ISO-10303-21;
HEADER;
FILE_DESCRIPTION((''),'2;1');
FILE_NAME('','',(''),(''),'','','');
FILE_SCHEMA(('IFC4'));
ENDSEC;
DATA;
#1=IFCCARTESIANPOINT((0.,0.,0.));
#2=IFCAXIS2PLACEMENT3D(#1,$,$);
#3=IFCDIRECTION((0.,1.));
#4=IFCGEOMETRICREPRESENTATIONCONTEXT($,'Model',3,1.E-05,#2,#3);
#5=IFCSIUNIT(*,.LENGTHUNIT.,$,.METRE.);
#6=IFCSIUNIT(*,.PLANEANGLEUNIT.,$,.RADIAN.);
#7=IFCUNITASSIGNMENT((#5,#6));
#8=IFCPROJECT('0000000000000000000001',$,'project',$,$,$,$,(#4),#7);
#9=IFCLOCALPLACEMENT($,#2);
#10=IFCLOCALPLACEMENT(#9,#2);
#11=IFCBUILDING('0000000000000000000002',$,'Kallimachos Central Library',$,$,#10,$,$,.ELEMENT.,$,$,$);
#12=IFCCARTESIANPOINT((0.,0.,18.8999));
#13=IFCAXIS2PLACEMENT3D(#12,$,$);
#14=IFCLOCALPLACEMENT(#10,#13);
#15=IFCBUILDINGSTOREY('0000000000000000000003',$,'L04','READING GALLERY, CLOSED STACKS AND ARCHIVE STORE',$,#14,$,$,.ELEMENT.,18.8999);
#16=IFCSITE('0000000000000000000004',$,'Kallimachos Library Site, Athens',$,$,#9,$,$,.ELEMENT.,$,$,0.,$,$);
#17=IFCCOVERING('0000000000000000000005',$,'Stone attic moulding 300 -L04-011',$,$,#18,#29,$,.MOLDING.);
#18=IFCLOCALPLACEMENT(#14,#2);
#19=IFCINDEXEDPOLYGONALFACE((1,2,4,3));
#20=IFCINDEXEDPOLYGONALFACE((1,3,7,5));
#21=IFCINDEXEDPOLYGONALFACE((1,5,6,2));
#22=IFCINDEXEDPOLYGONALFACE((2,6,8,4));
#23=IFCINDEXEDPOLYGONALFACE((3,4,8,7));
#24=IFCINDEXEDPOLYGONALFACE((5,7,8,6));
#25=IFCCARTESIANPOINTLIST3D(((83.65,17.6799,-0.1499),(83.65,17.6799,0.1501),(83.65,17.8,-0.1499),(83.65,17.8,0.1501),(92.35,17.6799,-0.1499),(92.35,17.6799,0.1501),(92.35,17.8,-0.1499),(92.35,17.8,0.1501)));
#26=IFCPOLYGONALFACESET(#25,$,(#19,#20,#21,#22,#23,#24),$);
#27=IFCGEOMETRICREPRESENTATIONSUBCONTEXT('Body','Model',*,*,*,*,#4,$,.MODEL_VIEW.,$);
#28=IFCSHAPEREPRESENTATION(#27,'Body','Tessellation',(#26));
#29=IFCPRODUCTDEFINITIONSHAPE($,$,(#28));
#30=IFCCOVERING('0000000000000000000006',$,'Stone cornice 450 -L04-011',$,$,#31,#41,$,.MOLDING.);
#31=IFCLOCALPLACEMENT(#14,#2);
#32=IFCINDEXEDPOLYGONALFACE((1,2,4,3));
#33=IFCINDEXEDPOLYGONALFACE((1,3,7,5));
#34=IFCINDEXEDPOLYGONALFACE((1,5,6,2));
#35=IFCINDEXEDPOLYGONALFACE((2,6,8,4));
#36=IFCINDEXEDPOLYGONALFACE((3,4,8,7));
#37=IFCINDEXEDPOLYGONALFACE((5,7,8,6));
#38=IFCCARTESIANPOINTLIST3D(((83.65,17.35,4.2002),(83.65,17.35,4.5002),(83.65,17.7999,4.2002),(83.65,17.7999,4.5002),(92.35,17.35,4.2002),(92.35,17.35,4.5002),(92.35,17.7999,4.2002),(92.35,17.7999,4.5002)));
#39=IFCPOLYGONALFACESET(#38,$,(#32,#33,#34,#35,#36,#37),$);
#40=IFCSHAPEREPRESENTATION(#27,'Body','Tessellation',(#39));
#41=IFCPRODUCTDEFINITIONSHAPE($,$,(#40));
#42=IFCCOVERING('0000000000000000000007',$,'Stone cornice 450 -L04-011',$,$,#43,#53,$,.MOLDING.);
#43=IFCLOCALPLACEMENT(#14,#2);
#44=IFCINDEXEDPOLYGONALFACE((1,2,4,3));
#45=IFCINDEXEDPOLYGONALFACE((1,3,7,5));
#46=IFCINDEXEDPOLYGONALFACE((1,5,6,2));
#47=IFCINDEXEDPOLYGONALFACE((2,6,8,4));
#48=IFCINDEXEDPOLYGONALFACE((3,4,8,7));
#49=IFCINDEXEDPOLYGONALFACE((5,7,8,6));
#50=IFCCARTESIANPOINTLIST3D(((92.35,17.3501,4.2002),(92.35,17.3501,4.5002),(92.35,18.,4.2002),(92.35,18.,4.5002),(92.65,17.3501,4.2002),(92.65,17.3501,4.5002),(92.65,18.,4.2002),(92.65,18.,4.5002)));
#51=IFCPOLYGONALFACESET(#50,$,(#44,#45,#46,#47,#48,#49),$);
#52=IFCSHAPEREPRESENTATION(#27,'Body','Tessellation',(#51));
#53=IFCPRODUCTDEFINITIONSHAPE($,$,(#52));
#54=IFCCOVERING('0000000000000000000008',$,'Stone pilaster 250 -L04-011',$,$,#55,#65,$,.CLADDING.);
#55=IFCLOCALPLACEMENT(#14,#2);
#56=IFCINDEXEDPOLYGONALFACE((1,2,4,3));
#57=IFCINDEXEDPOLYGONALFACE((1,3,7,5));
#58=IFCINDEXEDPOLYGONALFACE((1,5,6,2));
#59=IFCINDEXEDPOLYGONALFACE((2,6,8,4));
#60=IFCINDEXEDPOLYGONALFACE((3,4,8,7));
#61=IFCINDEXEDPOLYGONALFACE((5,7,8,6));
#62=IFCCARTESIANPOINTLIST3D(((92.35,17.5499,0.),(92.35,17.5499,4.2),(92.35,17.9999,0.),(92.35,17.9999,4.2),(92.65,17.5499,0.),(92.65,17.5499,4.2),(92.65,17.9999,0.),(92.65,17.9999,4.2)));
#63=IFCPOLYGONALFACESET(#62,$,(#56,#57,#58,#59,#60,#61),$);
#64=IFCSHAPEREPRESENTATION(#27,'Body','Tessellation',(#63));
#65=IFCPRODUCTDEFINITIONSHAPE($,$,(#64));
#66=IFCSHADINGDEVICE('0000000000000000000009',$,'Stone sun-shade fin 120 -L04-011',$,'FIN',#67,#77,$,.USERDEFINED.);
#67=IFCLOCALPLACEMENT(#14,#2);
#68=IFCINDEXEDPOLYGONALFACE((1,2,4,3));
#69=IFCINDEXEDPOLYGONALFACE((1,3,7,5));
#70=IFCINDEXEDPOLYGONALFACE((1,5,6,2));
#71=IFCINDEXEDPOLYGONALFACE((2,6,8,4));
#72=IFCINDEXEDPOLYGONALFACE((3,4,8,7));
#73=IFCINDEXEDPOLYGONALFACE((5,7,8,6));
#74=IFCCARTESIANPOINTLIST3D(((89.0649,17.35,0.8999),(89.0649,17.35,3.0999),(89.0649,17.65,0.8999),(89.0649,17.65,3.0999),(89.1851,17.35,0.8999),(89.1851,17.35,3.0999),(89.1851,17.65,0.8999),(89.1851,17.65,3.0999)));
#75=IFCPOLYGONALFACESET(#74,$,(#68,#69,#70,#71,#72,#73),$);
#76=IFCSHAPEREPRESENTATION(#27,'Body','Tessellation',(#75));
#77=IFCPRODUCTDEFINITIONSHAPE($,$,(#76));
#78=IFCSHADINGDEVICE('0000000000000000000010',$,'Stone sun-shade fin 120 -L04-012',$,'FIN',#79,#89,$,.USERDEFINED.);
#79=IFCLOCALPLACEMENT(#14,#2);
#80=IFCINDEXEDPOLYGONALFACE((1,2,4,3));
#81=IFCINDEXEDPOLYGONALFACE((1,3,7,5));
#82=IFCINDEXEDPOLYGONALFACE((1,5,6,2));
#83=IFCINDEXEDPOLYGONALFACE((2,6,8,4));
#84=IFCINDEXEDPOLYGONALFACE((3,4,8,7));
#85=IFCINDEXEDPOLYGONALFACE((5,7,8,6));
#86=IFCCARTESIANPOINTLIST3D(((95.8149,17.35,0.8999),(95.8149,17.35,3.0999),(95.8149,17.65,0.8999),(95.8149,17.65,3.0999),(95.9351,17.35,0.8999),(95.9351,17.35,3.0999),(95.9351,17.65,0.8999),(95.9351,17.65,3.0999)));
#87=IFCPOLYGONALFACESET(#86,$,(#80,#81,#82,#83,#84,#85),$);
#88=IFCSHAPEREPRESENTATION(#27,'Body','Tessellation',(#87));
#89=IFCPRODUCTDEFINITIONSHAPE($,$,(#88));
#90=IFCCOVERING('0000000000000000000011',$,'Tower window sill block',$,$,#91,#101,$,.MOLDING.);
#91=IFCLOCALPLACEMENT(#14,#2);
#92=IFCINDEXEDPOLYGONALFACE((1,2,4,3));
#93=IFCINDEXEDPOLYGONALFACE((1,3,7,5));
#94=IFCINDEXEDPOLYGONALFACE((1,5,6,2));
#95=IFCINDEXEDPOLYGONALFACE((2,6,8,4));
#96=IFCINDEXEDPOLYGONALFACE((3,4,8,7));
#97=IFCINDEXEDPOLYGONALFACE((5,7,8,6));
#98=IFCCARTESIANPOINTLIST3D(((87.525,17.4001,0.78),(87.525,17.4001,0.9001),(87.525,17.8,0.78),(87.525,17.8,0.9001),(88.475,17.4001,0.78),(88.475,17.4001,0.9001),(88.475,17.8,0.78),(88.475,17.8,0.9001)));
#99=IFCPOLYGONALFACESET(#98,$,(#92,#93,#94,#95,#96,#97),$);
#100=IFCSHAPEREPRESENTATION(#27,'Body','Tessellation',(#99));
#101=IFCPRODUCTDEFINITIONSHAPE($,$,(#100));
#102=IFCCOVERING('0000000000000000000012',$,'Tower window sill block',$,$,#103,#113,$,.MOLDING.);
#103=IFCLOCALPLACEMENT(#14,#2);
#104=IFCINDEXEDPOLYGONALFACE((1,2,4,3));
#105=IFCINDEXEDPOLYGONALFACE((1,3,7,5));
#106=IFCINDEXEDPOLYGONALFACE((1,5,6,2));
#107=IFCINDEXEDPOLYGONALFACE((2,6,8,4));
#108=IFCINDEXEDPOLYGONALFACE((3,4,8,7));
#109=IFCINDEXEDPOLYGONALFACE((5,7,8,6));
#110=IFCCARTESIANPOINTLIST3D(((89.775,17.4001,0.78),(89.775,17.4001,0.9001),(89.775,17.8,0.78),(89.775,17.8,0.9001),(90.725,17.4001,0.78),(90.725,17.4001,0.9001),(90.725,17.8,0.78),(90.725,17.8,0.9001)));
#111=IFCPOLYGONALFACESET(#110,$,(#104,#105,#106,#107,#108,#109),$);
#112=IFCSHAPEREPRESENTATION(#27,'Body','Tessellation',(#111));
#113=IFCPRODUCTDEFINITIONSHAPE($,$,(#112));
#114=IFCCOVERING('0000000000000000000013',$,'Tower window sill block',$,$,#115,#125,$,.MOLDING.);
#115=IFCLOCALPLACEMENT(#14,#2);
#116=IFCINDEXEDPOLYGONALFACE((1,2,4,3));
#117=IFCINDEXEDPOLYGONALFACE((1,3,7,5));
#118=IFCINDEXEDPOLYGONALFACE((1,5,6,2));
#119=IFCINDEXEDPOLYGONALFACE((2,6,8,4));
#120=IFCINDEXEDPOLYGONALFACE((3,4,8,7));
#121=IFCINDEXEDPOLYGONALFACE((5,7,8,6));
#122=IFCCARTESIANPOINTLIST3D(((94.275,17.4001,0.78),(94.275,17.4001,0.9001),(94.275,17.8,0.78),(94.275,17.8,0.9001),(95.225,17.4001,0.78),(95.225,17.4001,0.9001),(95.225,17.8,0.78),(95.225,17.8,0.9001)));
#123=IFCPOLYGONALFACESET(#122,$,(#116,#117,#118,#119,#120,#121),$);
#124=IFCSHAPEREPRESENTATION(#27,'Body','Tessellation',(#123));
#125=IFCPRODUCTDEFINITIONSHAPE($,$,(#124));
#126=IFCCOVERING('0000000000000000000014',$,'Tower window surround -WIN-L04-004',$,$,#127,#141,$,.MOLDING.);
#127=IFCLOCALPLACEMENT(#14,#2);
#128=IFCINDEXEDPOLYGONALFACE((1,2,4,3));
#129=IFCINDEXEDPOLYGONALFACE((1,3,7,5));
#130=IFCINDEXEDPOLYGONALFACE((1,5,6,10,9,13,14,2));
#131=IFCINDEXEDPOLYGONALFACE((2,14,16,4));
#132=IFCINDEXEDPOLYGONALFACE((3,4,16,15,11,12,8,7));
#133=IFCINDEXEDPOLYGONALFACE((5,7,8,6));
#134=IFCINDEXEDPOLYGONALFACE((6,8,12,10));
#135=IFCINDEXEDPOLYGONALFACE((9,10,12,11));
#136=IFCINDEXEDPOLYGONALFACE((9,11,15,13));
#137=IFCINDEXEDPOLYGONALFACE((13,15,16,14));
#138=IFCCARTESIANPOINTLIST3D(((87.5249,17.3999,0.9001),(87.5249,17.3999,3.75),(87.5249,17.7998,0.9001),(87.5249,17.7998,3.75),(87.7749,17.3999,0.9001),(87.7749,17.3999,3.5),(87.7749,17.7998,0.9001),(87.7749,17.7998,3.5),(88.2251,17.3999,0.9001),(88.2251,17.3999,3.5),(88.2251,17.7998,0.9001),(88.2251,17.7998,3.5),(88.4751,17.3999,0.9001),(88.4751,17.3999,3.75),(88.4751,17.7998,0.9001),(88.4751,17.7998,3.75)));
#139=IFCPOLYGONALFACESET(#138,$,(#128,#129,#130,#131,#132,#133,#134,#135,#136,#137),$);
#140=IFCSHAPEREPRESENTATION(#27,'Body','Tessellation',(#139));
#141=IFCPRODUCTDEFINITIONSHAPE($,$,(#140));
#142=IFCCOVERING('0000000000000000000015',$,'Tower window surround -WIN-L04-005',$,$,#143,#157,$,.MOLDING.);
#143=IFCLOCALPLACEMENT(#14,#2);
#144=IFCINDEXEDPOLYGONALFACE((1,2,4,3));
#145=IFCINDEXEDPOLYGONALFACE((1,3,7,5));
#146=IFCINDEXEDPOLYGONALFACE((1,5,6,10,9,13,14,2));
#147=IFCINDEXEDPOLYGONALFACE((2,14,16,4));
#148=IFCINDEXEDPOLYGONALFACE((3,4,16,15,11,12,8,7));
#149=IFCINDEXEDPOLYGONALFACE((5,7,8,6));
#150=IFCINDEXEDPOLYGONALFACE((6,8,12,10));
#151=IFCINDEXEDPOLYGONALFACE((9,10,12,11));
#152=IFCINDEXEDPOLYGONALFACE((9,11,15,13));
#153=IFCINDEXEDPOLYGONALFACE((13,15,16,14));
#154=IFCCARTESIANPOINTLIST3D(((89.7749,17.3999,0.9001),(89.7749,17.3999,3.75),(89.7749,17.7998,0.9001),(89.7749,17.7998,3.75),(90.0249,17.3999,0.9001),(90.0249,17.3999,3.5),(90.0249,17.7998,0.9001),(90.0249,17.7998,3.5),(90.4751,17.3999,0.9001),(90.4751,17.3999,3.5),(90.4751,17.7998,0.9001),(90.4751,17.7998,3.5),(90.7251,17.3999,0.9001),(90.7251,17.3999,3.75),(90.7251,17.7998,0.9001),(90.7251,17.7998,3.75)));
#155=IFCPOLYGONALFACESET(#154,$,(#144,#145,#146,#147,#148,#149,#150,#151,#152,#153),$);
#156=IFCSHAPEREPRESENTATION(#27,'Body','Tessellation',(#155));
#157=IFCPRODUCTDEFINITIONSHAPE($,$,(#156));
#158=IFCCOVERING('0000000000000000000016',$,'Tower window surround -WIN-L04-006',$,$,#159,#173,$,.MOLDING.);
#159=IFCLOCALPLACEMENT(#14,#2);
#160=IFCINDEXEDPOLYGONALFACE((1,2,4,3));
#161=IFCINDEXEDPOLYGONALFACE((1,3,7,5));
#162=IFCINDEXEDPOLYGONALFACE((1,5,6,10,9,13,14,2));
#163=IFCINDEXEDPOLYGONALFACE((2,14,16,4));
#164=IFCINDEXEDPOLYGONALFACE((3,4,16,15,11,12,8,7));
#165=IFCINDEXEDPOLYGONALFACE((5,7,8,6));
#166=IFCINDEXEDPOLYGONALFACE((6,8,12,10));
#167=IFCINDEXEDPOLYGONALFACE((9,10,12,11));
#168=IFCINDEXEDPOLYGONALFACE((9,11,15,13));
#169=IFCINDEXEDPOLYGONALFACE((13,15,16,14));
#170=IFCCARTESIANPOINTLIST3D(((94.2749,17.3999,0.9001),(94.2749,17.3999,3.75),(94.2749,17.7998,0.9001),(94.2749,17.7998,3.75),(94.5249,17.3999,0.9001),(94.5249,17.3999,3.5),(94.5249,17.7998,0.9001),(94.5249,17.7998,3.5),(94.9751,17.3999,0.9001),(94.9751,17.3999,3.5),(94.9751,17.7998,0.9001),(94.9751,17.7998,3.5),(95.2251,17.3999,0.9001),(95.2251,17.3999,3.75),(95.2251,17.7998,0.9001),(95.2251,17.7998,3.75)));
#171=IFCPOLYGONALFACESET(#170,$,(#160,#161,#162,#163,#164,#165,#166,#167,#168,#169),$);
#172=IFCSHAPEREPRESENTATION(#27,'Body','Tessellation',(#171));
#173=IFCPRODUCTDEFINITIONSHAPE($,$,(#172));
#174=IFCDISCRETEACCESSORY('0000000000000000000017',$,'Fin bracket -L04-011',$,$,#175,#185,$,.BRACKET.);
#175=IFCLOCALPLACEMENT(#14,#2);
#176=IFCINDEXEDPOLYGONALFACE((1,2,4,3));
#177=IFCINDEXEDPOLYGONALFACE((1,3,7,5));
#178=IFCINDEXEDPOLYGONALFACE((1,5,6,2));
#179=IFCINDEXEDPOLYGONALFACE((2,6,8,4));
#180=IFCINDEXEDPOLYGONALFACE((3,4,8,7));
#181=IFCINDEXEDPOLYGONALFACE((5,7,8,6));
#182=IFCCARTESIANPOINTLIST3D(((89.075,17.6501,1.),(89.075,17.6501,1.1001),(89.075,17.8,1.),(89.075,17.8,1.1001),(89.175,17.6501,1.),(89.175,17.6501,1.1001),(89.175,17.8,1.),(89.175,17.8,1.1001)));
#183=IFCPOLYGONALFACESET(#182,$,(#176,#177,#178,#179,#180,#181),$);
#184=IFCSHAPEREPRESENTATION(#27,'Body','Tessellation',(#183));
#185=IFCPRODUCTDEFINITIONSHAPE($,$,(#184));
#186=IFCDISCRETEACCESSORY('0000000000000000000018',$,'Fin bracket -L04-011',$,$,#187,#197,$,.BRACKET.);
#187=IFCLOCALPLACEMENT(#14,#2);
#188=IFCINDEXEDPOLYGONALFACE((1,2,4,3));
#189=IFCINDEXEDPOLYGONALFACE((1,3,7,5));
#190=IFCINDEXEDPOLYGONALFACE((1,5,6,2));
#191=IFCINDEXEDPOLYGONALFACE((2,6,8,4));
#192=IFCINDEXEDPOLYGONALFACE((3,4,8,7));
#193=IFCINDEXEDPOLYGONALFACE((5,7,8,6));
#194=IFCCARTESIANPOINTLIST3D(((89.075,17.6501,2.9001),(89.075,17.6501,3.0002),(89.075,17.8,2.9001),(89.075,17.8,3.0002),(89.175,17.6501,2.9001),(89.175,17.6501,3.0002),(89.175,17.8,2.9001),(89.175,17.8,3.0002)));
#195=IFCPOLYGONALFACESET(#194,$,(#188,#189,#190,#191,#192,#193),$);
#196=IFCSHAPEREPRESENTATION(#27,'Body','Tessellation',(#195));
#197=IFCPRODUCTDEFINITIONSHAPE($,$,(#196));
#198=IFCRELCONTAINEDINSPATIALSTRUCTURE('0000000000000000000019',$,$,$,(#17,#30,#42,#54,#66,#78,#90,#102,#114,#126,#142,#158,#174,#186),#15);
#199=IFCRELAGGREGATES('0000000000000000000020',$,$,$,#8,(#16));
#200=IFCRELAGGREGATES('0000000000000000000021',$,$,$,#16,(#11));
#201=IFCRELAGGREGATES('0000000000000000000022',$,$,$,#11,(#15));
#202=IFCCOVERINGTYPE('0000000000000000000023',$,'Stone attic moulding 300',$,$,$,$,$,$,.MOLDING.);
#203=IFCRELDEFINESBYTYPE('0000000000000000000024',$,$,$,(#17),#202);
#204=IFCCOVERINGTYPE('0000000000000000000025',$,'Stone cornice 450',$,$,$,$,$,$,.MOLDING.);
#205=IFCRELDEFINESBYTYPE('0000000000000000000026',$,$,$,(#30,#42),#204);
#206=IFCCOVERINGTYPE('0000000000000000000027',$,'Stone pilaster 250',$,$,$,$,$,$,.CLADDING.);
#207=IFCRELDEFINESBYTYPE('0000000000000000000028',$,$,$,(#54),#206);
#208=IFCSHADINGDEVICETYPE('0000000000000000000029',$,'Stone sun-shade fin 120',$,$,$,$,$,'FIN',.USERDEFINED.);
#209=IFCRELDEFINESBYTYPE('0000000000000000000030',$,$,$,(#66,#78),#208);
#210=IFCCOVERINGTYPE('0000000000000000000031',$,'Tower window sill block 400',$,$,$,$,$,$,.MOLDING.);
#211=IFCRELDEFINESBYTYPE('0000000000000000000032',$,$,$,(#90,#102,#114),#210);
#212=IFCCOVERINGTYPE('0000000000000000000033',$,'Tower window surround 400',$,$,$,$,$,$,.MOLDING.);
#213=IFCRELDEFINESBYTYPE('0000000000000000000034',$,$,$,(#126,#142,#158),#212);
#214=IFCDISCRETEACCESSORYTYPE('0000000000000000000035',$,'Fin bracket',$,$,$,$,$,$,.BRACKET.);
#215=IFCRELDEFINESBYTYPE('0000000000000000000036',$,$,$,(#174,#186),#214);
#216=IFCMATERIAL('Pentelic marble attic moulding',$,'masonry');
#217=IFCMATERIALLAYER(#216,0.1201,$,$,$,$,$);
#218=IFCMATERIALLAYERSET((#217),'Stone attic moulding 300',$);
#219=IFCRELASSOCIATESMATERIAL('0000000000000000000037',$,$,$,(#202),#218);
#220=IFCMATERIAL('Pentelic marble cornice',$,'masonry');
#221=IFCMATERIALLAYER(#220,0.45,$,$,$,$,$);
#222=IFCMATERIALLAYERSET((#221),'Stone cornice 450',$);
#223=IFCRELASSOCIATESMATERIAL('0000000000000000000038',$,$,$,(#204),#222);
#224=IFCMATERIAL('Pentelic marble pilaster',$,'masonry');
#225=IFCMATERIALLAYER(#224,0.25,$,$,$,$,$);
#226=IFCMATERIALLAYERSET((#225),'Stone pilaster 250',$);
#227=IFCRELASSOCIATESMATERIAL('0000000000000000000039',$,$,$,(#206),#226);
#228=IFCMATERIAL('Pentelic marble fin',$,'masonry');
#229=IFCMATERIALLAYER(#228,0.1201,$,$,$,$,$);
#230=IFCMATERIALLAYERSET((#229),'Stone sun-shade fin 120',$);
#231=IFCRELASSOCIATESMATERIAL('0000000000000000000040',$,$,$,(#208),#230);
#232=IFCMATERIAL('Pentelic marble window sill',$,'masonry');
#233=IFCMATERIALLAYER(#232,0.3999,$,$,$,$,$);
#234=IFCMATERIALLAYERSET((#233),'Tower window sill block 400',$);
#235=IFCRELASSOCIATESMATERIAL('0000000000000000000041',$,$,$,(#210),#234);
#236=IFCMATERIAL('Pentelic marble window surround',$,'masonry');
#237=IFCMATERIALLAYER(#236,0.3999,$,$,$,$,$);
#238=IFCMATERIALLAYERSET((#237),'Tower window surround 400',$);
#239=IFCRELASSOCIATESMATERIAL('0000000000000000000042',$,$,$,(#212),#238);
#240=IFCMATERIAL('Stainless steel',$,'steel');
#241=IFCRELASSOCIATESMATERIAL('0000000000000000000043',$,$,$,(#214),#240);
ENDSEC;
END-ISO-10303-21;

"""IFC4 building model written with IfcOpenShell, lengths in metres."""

from ifc_helpers import new_model, si_unit, direction, frame, origin, origin_2d, place, context, subcontext, project, spatial, polyline, rectangle, outline, extrude, material, layer, layer_set, type_object, element, save


model = new_model("IFC4")

# Units and contexts
model_context = context("Model", 3, precision=1e-05, world=origin(), true_north=direction((0.0, 1.0)))
body_context = subcontext(model_context, "Body", "Model", "MODEL_VIEW")
ifc_project = project(units=[si_unit("LENGTHUNIT", "METRE"), si_unit("PLANEANGLEUNIT", "RADIAN")], contexts=[model_context])

# Site, building, storey
site_placement = place(None, origin())
site = spatial("IfcSite", under=ifc_project, at=site_placement, Name="Kallimachos Library Site, Athens", CompositionType="ELEMENT", RefElevation=0.0)
building_placement = place(site_placement, origin())
building = spatial("IfcBuilding", under=site, at=building_placement, Name="Kallimachos Central Library", CompositionType="ELEMENT")
storey_placement = place(building_placement, frame((0.0, 0.0, 18.8999)))
storey = spatial("IfcBuildingStorey", under=building, at=storey_placement, Name="L04", Description="READING GALLERY, CLOSED STACKS AND ARCHIVE STORE", CompositionType="ELEMENT", Elevation=18.8999)

# Coverings
ifc_material_1 = material(Name="Pentelic marble attic moulding", Category="masonry")
ifc_layer_1 = layer(ifc_material_1, 0.1201)
ifc_layer_set_1 = layer_set([ifc_layer_1], Name="Stone attic moulding 300")
covering_type_1 = type_object("IfcCoveringType", Name="Stone attic moulding 300", PredefinedType="MOLDING", material=ifc_layer_set_1)
covering_1_placement = place(storey_placement, frame((88.0, 17.74, -0.1499), z_axis=(0.0, 0.0, 1.0), x_axis=(1.0, 0.0, 0.0)))
element("IfcCovering", 1, at=covering_1_placement, inside=storey, type_object=covering_type_1, Name="Stone attic moulding 300 -L04-011", PredefinedType="MOLDING", context=body_context, shape_type="SweptSolid", body=[
    extrude(rectangle(XDim=8.7, YDim=0.1201, at=origin_2d()), origin(), (0.0, 0.0, 1.0), 0.3),
])
ifc_material_2 = material(Name="Pentelic marble cornice", Category="masonry")
ifc_layer_2 = layer(ifc_material_2, 0.45)
ifc_layer_set_2 = layer_set([ifc_layer_2], Name="Stone cornice 450")
covering_type_2 = type_object("IfcCoveringType", Name="Stone cornice 450", PredefinedType="MOLDING", material=ifc_layer_set_2)
covering_2_placement = place(storey_placement, frame((88.0, 17.575, 4.2002), z_axis=(0.0, 0.0, 1.0), x_axis=(1.0, 0.0, 0.0)))
element("IfcCovering", 2, at=covering_2_placement, inside=storey, type_object=covering_type_2, Name="Stone cornice 450 -L04-011", PredefinedType="MOLDING", context=body_context, shape_type="SweptSolid", body=[
    extrude(rectangle(XDim=8.7, YDim=0.45, at=origin_2d()), origin(), (0.0, 0.0, 1.0), 0.3),
])
covering_3_placement = place(storey_placement, frame((92.5, 17.675, 4.2002), z_axis=(0.0, 0.0, 1.0), x_axis=(1.0, 0.0, 0.0)))
element("IfcCovering", 3, at=covering_3_placement, inside=storey, type_object=covering_type_2, Name="Stone cornice 450 -L04-011", PredefinedType="MOLDING", context=body_context, shape_type="SweptSolid", body=[
    extrude(rectangle(XDim=0.3, YDim=0.6499, at=origin_2d()), origin(), (0.0, 0.0, 1.0), 0.3),
])
ifc_material_3 = material(Name="Pentelic marble pilaster", Category="masonry")
ifc_layer_3 = layer(ifc_material_3, 0.25)
ifc_layer_set_3 = layer_set([ifc_layer_3], Name="Stone pilaster 250")
covering_type_3 = type_object("IfcCoveringType", Name="Stone pilaster 250", PredefinedType="CLADDING", material=ifc_layer_set_3)
covering_4_placement = place(storey_placement, frame((92.5, 17.7749, 0.0), z_axis=(0.0, 0.0, 1.0), x_axis=(1.0, 0.0, 0.0)))
element("IfcCovering", 4, at=covering_4_placement, inside=storey, type_object=covering_type_3, Name="Stone pilaster 250 -L04-011", PredefinedType="CLADDING", context=body_context, shape_type="SweptSolid", body=[
    extrude(rectangle(XDim=0.3, YDim=0.45, at=origin_2d()), origin(), (0.0, 0.0, 1.0), 4.2),
])

# Shading devices
ifc_material_4 = material(Name="Pentelic marble fin", Category="masonry")
ifc_layer_4 = layer(ifc_material_4, 0.1201)
ifc_layer_set_4 = layer_set([ifc_layer_4], Name="Stone sun-shade fin 120")
shading_device_type = type_object("IfcShadingDeviceType", Name="Stone sun-shade fin 120", ElementType="FIN", PredefinedType="USERDEFINED", material=ifc_layer_set_4)
for number, where, z_axis, x_axis, name in (
    (5, (89.125, 17.5, 0.8999), (0.0, 0.0, 1.0), (1.0, 0.0, 0.0), "Stone sun-shade fin 120 -L04-011"),
    (6, (95.875, 17.5, 0.8999), (0.0, 0.0, 1.0), (1.0, 0.0, 0.0), "Stone sun-shade fin 120 -L04-012"),
):
    element("IfcShadingDevice", number, at=place(storey_placement, frame(where, z_axis=z_axis, x_axis=x_axis)), inside=storey, type_object=shading_device_type, Name=name, ObjectType="FIN", PredefinedType="USERDEFINED", context=body_context, shape_type="SweptSolid", body=[
        extrude(rectangle(XDim=0.1201, YDim=0.3, at=origin_2d()), origin(), (0.0, 0.0, 1.0), 2.2),
    ])

# Coverings
ifc_material_5 = material(Name="Pentelic marble window sill", Category="masonry")
ifc_layer_5 = layer(ifc_material_5, 0.3999)
ifc_layer_set_5 = layer_set([ifc_layer_5], Name="Tower window sill block 400")
covering_type_4 = type_object("IfcCoveringType", Name="Tower window sill block 400", PredefinedType="MOLDING", material=ifc_layer_set_5)
for number, where, z_axis, x_axis, name in (
    (7, (88.0, 17.6001, 0.78), (0.0, 0.0, 1.0), (1.0, 0.0, 0.0), "Tower window sill block"),
    (8, (90.25, 17.6001, 0.78), (0.0, 0.0, 1.0), (1.0, 0.0, 0.0), "Tower window sill block"),
    (9, (94.75, 17.6001, 0.78), (0.0, 0.0, 1.0), (1.0, 0.0, 0.0), "Tower window sill block"),
):
    element("IfcCovering", number, at=place(storey_placement, frame(where, z_axis=z_axis, x_axis=x_axis)), inside=storey, type_object=covering_type_4, Name=name, PredefinedType="MOLDING", context=body_context, shape_type="SweptSolid", body=[
        extrude(rectangle(XDim=0.95, YDim=0.3999, at=origin_2d()), origin(), (0.0, 0.0, 1.0), 0.1201),
    ])
ifc_material_6 = material(Name="Pentelic marble window surround", Category="masonry")
ifc_layer_6 = layer(ifc_material_6, 0.3999)
ifc_layer_set_6 = layer_set([ifc_layer_6], Name="Tower window surround 400")
covering_type_5 = type_object("IfcCoveringType", Name="Tower window surround 400", PredefinedType="MOLDING", material=ifc_layer_set_6)
for number, where, z_axis, x_axis, name in (
    (10, (87.7749, 17.3999, 0.9001), (0.0, -1.0, 0.0), (0.0, 0.0, 1.0), "Tower window surround -WIN-L04-004"),
    (11, (90.0249, 17.3999, 0.9001), (0.0, -1.0, 0.0), (0.0, 0.0, 1.0), "Tower window surround -WIN-L04-005"),
    (12, (94.5249, 17.3999, 0.9001), (0.0, -1.0, 0.0), (0.0, 0.0, 1.0), "Tower window surround -WIN-L04-006"),
):
    element("IfcCovering", number, at=place(storey_placement, frame(where, z_axis=z_axis, x_axis=x_axis)), inside=storey, type_object=covering_type_5, Name=name, PredefinedType="MOLDING", context=body_context, shape_type="SweptSolid", body=[
        extrude(outline(polyline([(0.0, 0.0), (2.5999, 0.0), (2.5999, -0.4502), (0.0, -0.4502), (0.0, -0.7002), (2.8499, -0.7002), (2.8499, 0.25), (0.0, 0.25), (0.0, 0.0)])), origin(), (0.0, 0.0, -1.0), 0.3999),
    ])

# Discrete accessories
ifc_material_7 = material(Name="Stainless steel", Category="steel")
discrete_accessory_type = type_object("IfcDiscreteAccessoryType", Name="Fin bracket", PredefinedType="BRACKET", material=ifc_material_7)
for number, where, z_axis, x_axis, name in (
    (13, (89.125, 17.7251, 1.0), (0.0, 0.0, 1.0), (1.0, 0.0, 0.0), "Fin bracket -L04-011"),
    (14, (89.125, 17.7251, 2.9001), (0.0, 0.0, 1.0), (1.0, 0.0, 0.0), "Fin bracket -L04-011"),
):
    element("IfcDiscreteAccessory", number, at=place(storey_placement, frame(where, z_axis=z_axis, x_axis=x_axis)), inside=storey, type_object=discrete_accessory_type, Name=name, PredefinedType="BRACKET", context=body_context, shape_type="SweptSolid", body=[
        extrude(rectangle(XDim=0.1001, YDim=0.1499, at=origin_2d()), origin(), (0.0, 0.0, 1.0), 0.1001),
    ])

save(model, "model.ifc")
